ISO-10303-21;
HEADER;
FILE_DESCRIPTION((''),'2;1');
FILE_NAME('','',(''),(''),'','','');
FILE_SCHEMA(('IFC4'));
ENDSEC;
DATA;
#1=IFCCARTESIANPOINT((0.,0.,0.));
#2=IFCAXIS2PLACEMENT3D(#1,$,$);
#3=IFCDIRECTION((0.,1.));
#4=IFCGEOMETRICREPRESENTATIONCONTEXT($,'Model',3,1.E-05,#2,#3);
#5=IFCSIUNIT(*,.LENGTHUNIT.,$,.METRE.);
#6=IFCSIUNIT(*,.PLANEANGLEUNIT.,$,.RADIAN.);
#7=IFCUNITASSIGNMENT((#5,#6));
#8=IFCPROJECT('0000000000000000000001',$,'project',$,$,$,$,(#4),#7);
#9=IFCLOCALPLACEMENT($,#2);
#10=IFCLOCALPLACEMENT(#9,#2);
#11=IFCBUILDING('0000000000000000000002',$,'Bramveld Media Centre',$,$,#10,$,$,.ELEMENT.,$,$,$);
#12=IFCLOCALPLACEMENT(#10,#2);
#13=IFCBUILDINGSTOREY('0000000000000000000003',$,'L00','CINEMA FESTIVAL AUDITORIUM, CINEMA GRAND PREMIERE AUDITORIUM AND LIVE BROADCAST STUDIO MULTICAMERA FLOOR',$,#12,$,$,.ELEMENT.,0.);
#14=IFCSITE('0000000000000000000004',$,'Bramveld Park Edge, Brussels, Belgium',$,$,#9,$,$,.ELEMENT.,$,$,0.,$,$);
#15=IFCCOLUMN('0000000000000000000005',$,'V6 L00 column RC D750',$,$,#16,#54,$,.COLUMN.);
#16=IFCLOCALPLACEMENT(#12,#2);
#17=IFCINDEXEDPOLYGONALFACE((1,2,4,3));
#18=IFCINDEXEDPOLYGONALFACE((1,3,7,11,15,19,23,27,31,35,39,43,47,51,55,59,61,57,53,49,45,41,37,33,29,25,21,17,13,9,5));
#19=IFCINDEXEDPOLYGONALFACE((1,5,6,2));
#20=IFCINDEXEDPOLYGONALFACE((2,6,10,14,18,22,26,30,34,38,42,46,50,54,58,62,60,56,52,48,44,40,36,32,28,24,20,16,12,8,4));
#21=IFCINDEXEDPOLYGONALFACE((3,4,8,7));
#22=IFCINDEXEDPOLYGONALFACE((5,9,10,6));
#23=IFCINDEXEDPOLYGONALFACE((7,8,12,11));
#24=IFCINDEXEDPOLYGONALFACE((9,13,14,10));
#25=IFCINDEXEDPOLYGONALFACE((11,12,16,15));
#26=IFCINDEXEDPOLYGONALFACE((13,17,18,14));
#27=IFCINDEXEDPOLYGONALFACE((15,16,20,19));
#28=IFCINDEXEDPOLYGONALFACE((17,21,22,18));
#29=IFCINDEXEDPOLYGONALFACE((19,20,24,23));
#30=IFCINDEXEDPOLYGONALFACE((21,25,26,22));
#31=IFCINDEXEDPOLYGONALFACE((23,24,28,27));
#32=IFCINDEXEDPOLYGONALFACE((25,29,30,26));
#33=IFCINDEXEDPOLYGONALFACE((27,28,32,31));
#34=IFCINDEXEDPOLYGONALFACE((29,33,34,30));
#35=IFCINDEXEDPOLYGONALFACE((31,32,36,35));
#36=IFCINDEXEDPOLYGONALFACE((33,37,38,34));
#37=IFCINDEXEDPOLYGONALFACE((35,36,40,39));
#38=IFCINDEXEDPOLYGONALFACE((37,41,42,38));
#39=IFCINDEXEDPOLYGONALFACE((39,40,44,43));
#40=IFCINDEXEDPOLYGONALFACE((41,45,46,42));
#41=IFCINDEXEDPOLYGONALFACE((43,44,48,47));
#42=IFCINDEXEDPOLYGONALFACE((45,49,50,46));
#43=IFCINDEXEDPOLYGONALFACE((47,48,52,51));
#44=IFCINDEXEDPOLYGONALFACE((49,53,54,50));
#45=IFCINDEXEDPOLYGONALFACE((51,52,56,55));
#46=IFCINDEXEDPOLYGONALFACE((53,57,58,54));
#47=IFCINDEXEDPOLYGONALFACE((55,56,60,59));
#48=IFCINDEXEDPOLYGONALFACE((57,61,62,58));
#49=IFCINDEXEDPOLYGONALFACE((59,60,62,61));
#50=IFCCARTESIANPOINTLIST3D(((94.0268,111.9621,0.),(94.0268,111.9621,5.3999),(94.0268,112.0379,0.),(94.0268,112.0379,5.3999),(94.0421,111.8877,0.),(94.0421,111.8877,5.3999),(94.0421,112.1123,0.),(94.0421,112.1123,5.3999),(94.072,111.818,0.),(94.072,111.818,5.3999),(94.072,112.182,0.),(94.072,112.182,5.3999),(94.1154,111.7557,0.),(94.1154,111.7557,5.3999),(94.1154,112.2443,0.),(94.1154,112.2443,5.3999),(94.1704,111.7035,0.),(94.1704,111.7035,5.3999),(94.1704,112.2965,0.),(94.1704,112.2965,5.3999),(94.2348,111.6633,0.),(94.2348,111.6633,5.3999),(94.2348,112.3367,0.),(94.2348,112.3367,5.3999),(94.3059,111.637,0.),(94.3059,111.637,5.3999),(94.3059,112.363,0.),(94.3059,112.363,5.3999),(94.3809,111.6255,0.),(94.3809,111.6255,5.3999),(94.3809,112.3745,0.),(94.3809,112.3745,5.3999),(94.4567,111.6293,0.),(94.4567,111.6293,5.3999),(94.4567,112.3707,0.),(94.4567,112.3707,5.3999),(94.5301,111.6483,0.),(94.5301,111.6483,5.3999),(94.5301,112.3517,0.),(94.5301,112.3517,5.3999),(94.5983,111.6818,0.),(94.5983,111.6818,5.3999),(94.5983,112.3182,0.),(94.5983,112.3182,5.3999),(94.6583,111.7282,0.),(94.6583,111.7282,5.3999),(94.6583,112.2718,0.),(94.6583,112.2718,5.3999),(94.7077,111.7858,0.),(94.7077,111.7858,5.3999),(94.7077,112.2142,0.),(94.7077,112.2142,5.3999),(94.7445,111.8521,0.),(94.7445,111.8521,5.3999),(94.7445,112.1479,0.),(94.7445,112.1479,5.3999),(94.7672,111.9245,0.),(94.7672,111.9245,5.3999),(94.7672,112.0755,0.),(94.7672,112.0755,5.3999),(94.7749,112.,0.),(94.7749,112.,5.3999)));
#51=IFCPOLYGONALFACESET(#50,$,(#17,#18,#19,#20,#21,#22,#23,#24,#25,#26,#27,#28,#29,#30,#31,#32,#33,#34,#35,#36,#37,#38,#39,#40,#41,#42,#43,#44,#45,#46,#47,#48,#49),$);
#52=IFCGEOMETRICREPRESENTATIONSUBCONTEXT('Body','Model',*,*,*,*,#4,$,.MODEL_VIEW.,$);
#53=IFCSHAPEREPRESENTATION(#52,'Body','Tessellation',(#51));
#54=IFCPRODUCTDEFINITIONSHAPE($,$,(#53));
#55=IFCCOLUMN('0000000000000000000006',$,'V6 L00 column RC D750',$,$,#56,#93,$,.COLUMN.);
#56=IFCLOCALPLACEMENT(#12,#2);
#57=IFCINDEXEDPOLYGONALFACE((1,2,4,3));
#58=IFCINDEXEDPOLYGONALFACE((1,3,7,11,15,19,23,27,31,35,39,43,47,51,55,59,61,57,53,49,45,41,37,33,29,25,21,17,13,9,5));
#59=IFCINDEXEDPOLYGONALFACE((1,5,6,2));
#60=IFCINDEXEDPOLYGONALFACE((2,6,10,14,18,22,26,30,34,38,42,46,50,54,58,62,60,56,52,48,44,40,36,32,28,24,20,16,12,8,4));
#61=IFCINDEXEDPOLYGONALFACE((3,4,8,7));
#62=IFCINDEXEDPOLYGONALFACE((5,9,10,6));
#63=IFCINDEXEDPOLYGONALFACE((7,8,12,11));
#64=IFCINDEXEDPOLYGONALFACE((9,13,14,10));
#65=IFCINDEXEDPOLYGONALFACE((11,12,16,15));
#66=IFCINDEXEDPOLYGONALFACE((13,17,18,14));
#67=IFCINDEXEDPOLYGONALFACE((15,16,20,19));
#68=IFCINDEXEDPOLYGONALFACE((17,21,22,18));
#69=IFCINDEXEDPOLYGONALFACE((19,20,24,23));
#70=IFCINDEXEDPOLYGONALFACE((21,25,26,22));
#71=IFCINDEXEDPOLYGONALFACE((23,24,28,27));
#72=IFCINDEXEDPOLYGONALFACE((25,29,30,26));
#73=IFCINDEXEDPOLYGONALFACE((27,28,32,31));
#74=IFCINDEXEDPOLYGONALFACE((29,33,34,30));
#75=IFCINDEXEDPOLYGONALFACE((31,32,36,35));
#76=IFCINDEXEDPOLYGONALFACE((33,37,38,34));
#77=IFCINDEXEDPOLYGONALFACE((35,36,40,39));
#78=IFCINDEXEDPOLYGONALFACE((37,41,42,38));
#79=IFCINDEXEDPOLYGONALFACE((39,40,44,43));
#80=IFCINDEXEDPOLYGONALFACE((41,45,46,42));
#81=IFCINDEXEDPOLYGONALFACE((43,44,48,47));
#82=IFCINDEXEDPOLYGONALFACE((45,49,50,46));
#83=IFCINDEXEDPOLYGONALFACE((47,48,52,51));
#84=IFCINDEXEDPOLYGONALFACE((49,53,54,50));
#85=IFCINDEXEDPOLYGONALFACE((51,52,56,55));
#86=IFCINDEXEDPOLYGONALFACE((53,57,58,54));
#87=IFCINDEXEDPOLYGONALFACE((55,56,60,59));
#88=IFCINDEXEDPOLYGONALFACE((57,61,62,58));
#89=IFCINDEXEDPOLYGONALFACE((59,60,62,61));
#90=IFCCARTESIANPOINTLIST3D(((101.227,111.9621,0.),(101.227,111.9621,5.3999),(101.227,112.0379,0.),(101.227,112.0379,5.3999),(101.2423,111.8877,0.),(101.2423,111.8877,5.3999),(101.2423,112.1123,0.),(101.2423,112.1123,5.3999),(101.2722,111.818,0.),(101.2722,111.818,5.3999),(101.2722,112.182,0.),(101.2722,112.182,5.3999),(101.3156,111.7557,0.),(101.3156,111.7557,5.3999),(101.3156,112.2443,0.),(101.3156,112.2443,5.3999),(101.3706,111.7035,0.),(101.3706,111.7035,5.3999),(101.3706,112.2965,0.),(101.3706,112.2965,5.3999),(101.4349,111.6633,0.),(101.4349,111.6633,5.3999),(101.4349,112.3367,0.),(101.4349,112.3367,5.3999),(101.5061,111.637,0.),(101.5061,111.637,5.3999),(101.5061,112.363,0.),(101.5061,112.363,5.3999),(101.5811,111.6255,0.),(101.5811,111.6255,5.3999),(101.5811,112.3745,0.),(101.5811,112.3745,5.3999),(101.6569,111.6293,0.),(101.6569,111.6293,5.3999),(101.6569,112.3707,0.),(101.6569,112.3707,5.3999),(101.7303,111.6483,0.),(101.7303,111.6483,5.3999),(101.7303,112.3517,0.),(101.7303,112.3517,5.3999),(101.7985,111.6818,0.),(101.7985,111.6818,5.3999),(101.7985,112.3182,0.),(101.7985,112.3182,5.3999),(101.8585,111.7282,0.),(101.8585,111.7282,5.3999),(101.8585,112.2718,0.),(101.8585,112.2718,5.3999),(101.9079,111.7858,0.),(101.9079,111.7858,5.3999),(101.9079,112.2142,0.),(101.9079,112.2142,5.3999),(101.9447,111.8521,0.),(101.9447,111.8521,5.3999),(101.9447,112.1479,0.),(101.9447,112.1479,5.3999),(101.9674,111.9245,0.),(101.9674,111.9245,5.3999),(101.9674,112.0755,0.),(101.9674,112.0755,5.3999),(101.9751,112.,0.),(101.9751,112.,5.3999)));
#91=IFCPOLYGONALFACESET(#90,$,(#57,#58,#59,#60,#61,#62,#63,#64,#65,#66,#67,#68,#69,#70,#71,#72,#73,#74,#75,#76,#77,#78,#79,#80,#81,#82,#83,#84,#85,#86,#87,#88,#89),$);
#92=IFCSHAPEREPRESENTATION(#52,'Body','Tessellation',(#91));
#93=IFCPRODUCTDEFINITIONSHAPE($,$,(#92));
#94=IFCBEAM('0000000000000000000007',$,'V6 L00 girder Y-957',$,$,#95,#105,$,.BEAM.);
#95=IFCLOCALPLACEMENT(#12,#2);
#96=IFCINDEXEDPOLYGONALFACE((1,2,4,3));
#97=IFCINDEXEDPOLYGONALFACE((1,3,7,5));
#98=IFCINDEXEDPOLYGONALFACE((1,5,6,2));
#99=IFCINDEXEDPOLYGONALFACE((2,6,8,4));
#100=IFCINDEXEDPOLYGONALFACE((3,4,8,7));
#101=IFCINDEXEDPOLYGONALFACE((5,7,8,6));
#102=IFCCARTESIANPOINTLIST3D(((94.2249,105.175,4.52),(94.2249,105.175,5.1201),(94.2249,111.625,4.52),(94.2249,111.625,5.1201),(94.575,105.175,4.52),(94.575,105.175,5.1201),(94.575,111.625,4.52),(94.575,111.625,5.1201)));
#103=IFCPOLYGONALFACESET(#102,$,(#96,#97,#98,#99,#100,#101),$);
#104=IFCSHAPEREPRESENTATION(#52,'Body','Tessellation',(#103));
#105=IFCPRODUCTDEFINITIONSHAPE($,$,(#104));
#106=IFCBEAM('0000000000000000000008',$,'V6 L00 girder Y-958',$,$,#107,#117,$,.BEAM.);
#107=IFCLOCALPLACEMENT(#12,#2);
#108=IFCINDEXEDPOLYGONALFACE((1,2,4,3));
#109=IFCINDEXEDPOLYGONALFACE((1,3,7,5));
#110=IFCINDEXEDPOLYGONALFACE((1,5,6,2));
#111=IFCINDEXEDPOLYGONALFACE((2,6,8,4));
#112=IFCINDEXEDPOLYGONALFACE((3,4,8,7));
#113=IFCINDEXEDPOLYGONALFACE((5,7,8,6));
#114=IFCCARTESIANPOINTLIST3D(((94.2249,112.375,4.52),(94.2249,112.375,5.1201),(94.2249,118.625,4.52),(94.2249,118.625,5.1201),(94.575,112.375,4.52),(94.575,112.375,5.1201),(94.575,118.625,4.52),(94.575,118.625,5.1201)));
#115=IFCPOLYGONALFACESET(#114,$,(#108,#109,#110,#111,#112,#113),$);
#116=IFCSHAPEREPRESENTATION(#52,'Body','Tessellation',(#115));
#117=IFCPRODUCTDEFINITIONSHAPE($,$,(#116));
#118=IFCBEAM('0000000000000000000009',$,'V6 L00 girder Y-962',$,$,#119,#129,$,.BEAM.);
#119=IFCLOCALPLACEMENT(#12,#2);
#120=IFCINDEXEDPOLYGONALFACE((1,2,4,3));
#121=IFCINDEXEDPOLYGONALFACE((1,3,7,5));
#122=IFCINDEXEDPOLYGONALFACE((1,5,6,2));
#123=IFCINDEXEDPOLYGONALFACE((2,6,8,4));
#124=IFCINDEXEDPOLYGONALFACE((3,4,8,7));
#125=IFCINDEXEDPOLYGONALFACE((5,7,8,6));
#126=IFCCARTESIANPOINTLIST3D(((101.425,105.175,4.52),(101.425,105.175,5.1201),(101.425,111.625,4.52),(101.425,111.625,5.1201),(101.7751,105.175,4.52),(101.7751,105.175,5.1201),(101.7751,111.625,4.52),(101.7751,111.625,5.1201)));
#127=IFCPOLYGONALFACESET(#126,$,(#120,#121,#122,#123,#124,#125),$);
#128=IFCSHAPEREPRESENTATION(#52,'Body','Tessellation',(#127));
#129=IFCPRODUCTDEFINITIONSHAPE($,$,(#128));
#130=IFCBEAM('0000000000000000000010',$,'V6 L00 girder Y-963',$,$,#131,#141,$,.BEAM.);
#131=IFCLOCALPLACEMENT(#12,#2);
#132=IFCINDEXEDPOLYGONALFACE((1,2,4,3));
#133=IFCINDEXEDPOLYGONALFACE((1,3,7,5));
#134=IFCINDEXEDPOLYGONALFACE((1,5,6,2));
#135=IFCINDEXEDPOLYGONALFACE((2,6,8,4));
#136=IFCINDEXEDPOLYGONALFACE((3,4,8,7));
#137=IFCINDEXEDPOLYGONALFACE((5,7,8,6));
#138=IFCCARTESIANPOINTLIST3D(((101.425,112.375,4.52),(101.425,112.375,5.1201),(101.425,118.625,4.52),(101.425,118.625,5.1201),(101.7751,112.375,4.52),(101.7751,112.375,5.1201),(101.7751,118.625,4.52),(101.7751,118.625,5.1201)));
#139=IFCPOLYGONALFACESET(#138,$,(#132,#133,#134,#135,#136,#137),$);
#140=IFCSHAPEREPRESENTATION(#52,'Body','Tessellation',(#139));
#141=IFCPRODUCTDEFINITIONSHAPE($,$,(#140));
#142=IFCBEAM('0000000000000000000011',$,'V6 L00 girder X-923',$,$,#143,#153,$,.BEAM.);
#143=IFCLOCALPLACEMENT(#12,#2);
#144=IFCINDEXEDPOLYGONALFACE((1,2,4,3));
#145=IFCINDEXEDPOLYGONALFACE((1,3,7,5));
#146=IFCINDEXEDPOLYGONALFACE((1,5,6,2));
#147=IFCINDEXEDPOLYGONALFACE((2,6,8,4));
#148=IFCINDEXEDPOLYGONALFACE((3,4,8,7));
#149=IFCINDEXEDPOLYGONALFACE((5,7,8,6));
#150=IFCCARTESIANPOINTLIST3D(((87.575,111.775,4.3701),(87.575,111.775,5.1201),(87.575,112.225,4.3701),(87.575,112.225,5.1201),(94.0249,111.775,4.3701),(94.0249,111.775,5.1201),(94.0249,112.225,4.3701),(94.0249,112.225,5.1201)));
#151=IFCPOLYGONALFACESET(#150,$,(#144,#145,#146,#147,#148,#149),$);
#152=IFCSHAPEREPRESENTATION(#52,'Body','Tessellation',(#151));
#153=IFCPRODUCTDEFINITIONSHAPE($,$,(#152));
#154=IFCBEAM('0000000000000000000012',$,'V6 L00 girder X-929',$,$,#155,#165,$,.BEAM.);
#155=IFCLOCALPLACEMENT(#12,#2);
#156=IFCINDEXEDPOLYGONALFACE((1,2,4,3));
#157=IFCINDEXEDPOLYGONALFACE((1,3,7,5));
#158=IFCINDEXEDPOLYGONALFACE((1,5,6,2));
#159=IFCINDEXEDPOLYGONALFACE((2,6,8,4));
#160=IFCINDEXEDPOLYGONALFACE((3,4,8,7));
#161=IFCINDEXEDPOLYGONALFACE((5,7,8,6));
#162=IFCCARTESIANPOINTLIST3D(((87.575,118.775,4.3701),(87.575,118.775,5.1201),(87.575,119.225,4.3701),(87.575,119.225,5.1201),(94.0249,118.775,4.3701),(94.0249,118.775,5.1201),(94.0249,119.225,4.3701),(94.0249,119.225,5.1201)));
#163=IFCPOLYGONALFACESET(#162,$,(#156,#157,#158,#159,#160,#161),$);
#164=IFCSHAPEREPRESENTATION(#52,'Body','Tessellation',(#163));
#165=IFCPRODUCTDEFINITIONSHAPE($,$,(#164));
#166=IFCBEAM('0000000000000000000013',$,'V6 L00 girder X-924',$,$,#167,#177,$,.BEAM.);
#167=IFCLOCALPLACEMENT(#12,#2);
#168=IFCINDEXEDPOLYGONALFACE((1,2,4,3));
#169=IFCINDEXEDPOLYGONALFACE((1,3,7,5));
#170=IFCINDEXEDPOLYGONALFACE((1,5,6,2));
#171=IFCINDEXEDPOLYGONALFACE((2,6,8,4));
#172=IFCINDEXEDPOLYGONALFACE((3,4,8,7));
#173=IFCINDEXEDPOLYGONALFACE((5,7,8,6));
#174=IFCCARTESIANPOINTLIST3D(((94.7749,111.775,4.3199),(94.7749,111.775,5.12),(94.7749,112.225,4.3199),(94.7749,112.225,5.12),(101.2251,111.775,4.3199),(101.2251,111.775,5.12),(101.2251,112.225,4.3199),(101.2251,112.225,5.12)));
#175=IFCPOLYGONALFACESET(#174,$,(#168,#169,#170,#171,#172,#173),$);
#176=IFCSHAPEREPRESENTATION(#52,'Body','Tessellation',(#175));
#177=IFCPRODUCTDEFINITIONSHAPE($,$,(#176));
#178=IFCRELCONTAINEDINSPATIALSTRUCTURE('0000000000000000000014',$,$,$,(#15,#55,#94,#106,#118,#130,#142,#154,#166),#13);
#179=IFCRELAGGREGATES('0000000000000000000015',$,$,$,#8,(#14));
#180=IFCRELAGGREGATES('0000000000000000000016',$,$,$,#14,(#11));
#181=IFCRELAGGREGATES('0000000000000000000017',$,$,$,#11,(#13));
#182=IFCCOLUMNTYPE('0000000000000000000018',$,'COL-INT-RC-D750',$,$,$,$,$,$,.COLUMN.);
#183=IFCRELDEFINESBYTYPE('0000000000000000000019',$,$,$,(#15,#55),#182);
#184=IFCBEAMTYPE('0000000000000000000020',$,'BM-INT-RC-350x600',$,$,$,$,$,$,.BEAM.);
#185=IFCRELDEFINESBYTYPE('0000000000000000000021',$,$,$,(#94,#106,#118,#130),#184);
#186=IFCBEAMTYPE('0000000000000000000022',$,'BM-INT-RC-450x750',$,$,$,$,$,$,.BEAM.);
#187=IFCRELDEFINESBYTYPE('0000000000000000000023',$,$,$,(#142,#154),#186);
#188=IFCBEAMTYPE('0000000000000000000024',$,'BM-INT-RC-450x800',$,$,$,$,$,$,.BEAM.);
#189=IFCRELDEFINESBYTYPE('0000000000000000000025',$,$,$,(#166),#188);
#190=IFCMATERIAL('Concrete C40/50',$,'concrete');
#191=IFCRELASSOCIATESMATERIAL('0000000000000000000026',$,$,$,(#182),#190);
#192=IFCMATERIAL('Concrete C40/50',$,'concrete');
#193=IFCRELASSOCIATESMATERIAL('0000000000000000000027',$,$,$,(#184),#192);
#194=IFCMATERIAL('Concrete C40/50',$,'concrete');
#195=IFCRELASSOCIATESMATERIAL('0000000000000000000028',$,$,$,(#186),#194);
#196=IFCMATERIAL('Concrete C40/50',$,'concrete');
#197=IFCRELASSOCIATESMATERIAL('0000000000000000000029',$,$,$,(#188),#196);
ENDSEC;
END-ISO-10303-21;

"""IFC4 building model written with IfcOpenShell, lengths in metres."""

from ifc_helpers import new_model, si_unit, direction, frame, origin, origin_2d, place, context, subcontext, project, spatial, rectangle, circle, extrude, material, material_profile, profile_set, type_object, element, save


model = new_model("IFC4")

# Units and contexts
model_context = context("Model", 3, precision=1e-05, world=origin(), true_north=direction((0.0, 1.0)))
body_context = subcontext(model_context, "Body", "Model", "MODEL_VIEW")
ifc_project = project(units=[si_unit("LENGTHUNIT", "METRE"), si_unit("PLANEANGLEUNIT", "RADIAN")], contexts=[model_context])

# Site, building, storey
site_placement = place(None, origin())
site = spatial("IfcSite", under=ifc_project, at=site_placement, Name="Bramveld Park Edge, Brussels, Belgium", CompositionType="ELEMENT", RefElevation=0.0)
building_placement = place(site_placement, origin())
building = spatial("IfcBuilding", under=site, at=building_placement, Name="Bramveld Media Centre", CompositionType="ELEMENT")
storey_placement = place(building_placement, origin())
storey = spatial("IfcBuildingStorey", under=building, at=storey_placement, Name="L00", Description="CINEMA FESTIVAL AUDITORIUM, CINEMA GRAND PREMIERE AUDITORIUM AND LIVE BROADCAST STUDIO MULTICAMERA FLOOR", CompositionType="ELEMENT", Elevation=0.0)

# Columns
ifc_material_1 = material(Name="Concrete C40/50", Category="concrete")
ifc_material_profile_1 = material_profile(ifc_material_1, circle(Radius=0.375, at=origin_2d()), Name="RC D750")
ifc_profile_set_1 = profile_set([ifc_material_profile_1], Name="Concrete C40/50")
column_type = type_object("IfcColumnType", Name="COL-INT-RC-D750", PredefinedType="COLUMN", material=ifc_profile_set_1)
for number, where, z_axis, x_axis, name in (
    (1, (94.3999, 112.0, 0.0), (0.0, 0.0, 1.0), (1.0, 0.0, 0.0), "V6 L00 column RC D750"),
    (2, (101.6001, 112.0, 0.0), (0.0, 0.0, 1.0), (1.0, 0.0, 0.0), "V6 L00 column RC D750"),
):
    element("IfcColumn", number, at=place(storey_placement, frame(where, z_axis=z_axis, x_axis=x_axis)), inside=storey, type_object=column_type, Name=name, PredefinedType="COLUMN", context=body_context, shape_type="SweptSolid", body=[
        extrude(circle(Radius=0.375, at=origin_2d()), origin(), (0.0, 0.0, 1.0), 5.3999),
    ])

# Beams
ifc_material_2 = material(Name="Concrete C40/50", Category="concrete")
ifc_material_profile_2 = material_profile(ifc_material_2, rectangle(XDim=0.3501, YDim=0.6001, at=origin_2d()), Name="RC 350x600")
ifc_profile_set_2 = profile_set([ifc_material_profile_2], Name="Concrete C40/50")
beam_type_1 = type_object("IfcBeamType", Name="BM-INT-RC-350x600", PredefinedType="BEAM", material=ifc_profile_set_2)
beam_1_placement = place(storey_placement, frame((94.3999, 105.175, 4.8201), z_axis=(0.0, 1.0, 0.0), x_axis=(-1.0, 0.0, 0.0)))
element("IfcBeam", 3, at=beam_1_placement, inside=storey, type_object=beam_type_1, Name="V6 L00 girder Y-957", PredefinedType="BEAM", context=body_context, shape_type="SweptSolid", body=[
    extrude(rectangle(XDim=0.3501, YDim=0.6001, at=origin_2d()), origin(), (0.0, 0.0, 1.0), 6.45),
])
beam_2_placement = place(storey_placement, frame((94.3999, 112.375, 4.8201), z_axis=(0.0, 1.0, 0.0), x_axis=(-1.0, 0.0, 0.0)))
element("IfcBeam", 4, at=beam_2_placement, inside=storey, type_object=beam_type_1, Name="V6 L00 girder Y-958", PredefinedType="BEAM", context=body_context, shape_type="SweptSolid", body=[
    extrude(rectangle(XDim=0.3501, YDim=0.6001, at=origin_2d()), origin(), (0.0, 0.0, 1.0), 6.25),
])
beam_3_placement = place(storey_placement, frame((101.6001, 105.175, 4.8201), z_axis=(0.0, 1.0, 0.0), x_axis=(-1.0, 0.0, 0.0)))
element("IfcBeam", 5, at=beam_3_placement, inside=storey, type_object=beam_type_1, Name="V6 L00 girder Y-962", PredefinedType="BEAM", context=body_context, shape_type="SweptSolid", body=[
    extrude(rectangle(XDim=0.3501, YDim=0.6001, at=origin_2d()), origin(), (0.0, 0.0, 1.0), 6.45),
])
beam_4_placement = place(storey_placement, frame((101.6001, 112.375, 4.8201), z_axis=(0.0, 1.0, 0.0), x_axis=(-1.0, 0.0, 0.0)))
element("IfcBeam", 6, at=beam_4_placement, inside=storey, type_object=beam_type_1, Name="V6 L00 girder Y-963", PredefinedType="BEAM", context=body_context, shape_type="SweptSolid", body=[
    extrude(rectangle(XDim=0.3501, YDim=0.6001, at=origin_2d()), origin(), (0.0, 0.0, 1.0), 6.25),
])
ifc_material_3 = material(Name="Concrete C40/50", Category="concrete")
ifc_material_profile_3 = material_profile(ifc_material_3, rectangle(XDim=0.45, YDim=0.75, at=origin_2d()), Name="RC 450x750")
ifc_profile_set_3 = profile_set([ifc_material_profile_3], Name="Concrete C40/50")
beam_type_2 = type_object("IfcBeamType", Name="BM-INT-RC-450x750", PredefinedType="BEAM", material=ifc_profile_set_3)
for number, where, z_axis, x_axis, name in (
    (7, (87.575, 112.0, 4.7451), (1.0, 0.0, 0.0), (0.0, 1.0, 0.0), "V6 L00 girder X-923"),
    (8, (87.575, 119.0, 4.7451), (1.0, 0.0, 0.0), (0.0, 1.0, 0.0), "V6 L00 girder X-929"),
):
    element("IfcBeam", number, at=place(storey_placement, frame(where, z_axis=z_axis, x_axis=x_axis)), inside=storey, type_object=beam_type_2, Name=name, PredefinedType="BEAM", context=body_context, shape_type="SweptSolid", body=[
        extrude(rectangle(XDim=0.45, YDim=0.75, at=origin_2d()), origin(), (0.0, 0.0, 1.0), 6.45),
    ])
ifc_material_4 = material(Name="Concrete C40/50", Category="concrete")
ifc_material_profile_4 = material_profile(ifc_material_4, rectangle(XDim=0.45, YDim=0.8, at=origin_2d()), Name="RC 450x800")
ifc_profile_set_4 = profile_set([ifc_material_profile_4], Name="Concrete C40/50")
beam_type_3 = type_object("IfcBeamType", Name="BM-INT-RC-450x800", PredefinedType="BEAM", material=ifc_profile_set_4)
beam_5_placement = place(storey_placement, frame((94.7749, 112.0, 4.72), z_axis=(1.0, 0.0, 0.0), x_axis=(0.0, 1.0, 0.0)))
element("IfcBeam", 9, at=beam_5_placement, inside=storey, type_object=beam_type_3, Name="V6 L00 girder X-924", PredefinedType="BEAM", context=body_context, shape_type="SweptSolid", body=[
    extrude(rectangle(XDim=0.45, YDim=0.8, at=origin_2d()), origin(), (0.0, 0.0, 1.0), 6.4502),
])

save(model, "model.ifc")
